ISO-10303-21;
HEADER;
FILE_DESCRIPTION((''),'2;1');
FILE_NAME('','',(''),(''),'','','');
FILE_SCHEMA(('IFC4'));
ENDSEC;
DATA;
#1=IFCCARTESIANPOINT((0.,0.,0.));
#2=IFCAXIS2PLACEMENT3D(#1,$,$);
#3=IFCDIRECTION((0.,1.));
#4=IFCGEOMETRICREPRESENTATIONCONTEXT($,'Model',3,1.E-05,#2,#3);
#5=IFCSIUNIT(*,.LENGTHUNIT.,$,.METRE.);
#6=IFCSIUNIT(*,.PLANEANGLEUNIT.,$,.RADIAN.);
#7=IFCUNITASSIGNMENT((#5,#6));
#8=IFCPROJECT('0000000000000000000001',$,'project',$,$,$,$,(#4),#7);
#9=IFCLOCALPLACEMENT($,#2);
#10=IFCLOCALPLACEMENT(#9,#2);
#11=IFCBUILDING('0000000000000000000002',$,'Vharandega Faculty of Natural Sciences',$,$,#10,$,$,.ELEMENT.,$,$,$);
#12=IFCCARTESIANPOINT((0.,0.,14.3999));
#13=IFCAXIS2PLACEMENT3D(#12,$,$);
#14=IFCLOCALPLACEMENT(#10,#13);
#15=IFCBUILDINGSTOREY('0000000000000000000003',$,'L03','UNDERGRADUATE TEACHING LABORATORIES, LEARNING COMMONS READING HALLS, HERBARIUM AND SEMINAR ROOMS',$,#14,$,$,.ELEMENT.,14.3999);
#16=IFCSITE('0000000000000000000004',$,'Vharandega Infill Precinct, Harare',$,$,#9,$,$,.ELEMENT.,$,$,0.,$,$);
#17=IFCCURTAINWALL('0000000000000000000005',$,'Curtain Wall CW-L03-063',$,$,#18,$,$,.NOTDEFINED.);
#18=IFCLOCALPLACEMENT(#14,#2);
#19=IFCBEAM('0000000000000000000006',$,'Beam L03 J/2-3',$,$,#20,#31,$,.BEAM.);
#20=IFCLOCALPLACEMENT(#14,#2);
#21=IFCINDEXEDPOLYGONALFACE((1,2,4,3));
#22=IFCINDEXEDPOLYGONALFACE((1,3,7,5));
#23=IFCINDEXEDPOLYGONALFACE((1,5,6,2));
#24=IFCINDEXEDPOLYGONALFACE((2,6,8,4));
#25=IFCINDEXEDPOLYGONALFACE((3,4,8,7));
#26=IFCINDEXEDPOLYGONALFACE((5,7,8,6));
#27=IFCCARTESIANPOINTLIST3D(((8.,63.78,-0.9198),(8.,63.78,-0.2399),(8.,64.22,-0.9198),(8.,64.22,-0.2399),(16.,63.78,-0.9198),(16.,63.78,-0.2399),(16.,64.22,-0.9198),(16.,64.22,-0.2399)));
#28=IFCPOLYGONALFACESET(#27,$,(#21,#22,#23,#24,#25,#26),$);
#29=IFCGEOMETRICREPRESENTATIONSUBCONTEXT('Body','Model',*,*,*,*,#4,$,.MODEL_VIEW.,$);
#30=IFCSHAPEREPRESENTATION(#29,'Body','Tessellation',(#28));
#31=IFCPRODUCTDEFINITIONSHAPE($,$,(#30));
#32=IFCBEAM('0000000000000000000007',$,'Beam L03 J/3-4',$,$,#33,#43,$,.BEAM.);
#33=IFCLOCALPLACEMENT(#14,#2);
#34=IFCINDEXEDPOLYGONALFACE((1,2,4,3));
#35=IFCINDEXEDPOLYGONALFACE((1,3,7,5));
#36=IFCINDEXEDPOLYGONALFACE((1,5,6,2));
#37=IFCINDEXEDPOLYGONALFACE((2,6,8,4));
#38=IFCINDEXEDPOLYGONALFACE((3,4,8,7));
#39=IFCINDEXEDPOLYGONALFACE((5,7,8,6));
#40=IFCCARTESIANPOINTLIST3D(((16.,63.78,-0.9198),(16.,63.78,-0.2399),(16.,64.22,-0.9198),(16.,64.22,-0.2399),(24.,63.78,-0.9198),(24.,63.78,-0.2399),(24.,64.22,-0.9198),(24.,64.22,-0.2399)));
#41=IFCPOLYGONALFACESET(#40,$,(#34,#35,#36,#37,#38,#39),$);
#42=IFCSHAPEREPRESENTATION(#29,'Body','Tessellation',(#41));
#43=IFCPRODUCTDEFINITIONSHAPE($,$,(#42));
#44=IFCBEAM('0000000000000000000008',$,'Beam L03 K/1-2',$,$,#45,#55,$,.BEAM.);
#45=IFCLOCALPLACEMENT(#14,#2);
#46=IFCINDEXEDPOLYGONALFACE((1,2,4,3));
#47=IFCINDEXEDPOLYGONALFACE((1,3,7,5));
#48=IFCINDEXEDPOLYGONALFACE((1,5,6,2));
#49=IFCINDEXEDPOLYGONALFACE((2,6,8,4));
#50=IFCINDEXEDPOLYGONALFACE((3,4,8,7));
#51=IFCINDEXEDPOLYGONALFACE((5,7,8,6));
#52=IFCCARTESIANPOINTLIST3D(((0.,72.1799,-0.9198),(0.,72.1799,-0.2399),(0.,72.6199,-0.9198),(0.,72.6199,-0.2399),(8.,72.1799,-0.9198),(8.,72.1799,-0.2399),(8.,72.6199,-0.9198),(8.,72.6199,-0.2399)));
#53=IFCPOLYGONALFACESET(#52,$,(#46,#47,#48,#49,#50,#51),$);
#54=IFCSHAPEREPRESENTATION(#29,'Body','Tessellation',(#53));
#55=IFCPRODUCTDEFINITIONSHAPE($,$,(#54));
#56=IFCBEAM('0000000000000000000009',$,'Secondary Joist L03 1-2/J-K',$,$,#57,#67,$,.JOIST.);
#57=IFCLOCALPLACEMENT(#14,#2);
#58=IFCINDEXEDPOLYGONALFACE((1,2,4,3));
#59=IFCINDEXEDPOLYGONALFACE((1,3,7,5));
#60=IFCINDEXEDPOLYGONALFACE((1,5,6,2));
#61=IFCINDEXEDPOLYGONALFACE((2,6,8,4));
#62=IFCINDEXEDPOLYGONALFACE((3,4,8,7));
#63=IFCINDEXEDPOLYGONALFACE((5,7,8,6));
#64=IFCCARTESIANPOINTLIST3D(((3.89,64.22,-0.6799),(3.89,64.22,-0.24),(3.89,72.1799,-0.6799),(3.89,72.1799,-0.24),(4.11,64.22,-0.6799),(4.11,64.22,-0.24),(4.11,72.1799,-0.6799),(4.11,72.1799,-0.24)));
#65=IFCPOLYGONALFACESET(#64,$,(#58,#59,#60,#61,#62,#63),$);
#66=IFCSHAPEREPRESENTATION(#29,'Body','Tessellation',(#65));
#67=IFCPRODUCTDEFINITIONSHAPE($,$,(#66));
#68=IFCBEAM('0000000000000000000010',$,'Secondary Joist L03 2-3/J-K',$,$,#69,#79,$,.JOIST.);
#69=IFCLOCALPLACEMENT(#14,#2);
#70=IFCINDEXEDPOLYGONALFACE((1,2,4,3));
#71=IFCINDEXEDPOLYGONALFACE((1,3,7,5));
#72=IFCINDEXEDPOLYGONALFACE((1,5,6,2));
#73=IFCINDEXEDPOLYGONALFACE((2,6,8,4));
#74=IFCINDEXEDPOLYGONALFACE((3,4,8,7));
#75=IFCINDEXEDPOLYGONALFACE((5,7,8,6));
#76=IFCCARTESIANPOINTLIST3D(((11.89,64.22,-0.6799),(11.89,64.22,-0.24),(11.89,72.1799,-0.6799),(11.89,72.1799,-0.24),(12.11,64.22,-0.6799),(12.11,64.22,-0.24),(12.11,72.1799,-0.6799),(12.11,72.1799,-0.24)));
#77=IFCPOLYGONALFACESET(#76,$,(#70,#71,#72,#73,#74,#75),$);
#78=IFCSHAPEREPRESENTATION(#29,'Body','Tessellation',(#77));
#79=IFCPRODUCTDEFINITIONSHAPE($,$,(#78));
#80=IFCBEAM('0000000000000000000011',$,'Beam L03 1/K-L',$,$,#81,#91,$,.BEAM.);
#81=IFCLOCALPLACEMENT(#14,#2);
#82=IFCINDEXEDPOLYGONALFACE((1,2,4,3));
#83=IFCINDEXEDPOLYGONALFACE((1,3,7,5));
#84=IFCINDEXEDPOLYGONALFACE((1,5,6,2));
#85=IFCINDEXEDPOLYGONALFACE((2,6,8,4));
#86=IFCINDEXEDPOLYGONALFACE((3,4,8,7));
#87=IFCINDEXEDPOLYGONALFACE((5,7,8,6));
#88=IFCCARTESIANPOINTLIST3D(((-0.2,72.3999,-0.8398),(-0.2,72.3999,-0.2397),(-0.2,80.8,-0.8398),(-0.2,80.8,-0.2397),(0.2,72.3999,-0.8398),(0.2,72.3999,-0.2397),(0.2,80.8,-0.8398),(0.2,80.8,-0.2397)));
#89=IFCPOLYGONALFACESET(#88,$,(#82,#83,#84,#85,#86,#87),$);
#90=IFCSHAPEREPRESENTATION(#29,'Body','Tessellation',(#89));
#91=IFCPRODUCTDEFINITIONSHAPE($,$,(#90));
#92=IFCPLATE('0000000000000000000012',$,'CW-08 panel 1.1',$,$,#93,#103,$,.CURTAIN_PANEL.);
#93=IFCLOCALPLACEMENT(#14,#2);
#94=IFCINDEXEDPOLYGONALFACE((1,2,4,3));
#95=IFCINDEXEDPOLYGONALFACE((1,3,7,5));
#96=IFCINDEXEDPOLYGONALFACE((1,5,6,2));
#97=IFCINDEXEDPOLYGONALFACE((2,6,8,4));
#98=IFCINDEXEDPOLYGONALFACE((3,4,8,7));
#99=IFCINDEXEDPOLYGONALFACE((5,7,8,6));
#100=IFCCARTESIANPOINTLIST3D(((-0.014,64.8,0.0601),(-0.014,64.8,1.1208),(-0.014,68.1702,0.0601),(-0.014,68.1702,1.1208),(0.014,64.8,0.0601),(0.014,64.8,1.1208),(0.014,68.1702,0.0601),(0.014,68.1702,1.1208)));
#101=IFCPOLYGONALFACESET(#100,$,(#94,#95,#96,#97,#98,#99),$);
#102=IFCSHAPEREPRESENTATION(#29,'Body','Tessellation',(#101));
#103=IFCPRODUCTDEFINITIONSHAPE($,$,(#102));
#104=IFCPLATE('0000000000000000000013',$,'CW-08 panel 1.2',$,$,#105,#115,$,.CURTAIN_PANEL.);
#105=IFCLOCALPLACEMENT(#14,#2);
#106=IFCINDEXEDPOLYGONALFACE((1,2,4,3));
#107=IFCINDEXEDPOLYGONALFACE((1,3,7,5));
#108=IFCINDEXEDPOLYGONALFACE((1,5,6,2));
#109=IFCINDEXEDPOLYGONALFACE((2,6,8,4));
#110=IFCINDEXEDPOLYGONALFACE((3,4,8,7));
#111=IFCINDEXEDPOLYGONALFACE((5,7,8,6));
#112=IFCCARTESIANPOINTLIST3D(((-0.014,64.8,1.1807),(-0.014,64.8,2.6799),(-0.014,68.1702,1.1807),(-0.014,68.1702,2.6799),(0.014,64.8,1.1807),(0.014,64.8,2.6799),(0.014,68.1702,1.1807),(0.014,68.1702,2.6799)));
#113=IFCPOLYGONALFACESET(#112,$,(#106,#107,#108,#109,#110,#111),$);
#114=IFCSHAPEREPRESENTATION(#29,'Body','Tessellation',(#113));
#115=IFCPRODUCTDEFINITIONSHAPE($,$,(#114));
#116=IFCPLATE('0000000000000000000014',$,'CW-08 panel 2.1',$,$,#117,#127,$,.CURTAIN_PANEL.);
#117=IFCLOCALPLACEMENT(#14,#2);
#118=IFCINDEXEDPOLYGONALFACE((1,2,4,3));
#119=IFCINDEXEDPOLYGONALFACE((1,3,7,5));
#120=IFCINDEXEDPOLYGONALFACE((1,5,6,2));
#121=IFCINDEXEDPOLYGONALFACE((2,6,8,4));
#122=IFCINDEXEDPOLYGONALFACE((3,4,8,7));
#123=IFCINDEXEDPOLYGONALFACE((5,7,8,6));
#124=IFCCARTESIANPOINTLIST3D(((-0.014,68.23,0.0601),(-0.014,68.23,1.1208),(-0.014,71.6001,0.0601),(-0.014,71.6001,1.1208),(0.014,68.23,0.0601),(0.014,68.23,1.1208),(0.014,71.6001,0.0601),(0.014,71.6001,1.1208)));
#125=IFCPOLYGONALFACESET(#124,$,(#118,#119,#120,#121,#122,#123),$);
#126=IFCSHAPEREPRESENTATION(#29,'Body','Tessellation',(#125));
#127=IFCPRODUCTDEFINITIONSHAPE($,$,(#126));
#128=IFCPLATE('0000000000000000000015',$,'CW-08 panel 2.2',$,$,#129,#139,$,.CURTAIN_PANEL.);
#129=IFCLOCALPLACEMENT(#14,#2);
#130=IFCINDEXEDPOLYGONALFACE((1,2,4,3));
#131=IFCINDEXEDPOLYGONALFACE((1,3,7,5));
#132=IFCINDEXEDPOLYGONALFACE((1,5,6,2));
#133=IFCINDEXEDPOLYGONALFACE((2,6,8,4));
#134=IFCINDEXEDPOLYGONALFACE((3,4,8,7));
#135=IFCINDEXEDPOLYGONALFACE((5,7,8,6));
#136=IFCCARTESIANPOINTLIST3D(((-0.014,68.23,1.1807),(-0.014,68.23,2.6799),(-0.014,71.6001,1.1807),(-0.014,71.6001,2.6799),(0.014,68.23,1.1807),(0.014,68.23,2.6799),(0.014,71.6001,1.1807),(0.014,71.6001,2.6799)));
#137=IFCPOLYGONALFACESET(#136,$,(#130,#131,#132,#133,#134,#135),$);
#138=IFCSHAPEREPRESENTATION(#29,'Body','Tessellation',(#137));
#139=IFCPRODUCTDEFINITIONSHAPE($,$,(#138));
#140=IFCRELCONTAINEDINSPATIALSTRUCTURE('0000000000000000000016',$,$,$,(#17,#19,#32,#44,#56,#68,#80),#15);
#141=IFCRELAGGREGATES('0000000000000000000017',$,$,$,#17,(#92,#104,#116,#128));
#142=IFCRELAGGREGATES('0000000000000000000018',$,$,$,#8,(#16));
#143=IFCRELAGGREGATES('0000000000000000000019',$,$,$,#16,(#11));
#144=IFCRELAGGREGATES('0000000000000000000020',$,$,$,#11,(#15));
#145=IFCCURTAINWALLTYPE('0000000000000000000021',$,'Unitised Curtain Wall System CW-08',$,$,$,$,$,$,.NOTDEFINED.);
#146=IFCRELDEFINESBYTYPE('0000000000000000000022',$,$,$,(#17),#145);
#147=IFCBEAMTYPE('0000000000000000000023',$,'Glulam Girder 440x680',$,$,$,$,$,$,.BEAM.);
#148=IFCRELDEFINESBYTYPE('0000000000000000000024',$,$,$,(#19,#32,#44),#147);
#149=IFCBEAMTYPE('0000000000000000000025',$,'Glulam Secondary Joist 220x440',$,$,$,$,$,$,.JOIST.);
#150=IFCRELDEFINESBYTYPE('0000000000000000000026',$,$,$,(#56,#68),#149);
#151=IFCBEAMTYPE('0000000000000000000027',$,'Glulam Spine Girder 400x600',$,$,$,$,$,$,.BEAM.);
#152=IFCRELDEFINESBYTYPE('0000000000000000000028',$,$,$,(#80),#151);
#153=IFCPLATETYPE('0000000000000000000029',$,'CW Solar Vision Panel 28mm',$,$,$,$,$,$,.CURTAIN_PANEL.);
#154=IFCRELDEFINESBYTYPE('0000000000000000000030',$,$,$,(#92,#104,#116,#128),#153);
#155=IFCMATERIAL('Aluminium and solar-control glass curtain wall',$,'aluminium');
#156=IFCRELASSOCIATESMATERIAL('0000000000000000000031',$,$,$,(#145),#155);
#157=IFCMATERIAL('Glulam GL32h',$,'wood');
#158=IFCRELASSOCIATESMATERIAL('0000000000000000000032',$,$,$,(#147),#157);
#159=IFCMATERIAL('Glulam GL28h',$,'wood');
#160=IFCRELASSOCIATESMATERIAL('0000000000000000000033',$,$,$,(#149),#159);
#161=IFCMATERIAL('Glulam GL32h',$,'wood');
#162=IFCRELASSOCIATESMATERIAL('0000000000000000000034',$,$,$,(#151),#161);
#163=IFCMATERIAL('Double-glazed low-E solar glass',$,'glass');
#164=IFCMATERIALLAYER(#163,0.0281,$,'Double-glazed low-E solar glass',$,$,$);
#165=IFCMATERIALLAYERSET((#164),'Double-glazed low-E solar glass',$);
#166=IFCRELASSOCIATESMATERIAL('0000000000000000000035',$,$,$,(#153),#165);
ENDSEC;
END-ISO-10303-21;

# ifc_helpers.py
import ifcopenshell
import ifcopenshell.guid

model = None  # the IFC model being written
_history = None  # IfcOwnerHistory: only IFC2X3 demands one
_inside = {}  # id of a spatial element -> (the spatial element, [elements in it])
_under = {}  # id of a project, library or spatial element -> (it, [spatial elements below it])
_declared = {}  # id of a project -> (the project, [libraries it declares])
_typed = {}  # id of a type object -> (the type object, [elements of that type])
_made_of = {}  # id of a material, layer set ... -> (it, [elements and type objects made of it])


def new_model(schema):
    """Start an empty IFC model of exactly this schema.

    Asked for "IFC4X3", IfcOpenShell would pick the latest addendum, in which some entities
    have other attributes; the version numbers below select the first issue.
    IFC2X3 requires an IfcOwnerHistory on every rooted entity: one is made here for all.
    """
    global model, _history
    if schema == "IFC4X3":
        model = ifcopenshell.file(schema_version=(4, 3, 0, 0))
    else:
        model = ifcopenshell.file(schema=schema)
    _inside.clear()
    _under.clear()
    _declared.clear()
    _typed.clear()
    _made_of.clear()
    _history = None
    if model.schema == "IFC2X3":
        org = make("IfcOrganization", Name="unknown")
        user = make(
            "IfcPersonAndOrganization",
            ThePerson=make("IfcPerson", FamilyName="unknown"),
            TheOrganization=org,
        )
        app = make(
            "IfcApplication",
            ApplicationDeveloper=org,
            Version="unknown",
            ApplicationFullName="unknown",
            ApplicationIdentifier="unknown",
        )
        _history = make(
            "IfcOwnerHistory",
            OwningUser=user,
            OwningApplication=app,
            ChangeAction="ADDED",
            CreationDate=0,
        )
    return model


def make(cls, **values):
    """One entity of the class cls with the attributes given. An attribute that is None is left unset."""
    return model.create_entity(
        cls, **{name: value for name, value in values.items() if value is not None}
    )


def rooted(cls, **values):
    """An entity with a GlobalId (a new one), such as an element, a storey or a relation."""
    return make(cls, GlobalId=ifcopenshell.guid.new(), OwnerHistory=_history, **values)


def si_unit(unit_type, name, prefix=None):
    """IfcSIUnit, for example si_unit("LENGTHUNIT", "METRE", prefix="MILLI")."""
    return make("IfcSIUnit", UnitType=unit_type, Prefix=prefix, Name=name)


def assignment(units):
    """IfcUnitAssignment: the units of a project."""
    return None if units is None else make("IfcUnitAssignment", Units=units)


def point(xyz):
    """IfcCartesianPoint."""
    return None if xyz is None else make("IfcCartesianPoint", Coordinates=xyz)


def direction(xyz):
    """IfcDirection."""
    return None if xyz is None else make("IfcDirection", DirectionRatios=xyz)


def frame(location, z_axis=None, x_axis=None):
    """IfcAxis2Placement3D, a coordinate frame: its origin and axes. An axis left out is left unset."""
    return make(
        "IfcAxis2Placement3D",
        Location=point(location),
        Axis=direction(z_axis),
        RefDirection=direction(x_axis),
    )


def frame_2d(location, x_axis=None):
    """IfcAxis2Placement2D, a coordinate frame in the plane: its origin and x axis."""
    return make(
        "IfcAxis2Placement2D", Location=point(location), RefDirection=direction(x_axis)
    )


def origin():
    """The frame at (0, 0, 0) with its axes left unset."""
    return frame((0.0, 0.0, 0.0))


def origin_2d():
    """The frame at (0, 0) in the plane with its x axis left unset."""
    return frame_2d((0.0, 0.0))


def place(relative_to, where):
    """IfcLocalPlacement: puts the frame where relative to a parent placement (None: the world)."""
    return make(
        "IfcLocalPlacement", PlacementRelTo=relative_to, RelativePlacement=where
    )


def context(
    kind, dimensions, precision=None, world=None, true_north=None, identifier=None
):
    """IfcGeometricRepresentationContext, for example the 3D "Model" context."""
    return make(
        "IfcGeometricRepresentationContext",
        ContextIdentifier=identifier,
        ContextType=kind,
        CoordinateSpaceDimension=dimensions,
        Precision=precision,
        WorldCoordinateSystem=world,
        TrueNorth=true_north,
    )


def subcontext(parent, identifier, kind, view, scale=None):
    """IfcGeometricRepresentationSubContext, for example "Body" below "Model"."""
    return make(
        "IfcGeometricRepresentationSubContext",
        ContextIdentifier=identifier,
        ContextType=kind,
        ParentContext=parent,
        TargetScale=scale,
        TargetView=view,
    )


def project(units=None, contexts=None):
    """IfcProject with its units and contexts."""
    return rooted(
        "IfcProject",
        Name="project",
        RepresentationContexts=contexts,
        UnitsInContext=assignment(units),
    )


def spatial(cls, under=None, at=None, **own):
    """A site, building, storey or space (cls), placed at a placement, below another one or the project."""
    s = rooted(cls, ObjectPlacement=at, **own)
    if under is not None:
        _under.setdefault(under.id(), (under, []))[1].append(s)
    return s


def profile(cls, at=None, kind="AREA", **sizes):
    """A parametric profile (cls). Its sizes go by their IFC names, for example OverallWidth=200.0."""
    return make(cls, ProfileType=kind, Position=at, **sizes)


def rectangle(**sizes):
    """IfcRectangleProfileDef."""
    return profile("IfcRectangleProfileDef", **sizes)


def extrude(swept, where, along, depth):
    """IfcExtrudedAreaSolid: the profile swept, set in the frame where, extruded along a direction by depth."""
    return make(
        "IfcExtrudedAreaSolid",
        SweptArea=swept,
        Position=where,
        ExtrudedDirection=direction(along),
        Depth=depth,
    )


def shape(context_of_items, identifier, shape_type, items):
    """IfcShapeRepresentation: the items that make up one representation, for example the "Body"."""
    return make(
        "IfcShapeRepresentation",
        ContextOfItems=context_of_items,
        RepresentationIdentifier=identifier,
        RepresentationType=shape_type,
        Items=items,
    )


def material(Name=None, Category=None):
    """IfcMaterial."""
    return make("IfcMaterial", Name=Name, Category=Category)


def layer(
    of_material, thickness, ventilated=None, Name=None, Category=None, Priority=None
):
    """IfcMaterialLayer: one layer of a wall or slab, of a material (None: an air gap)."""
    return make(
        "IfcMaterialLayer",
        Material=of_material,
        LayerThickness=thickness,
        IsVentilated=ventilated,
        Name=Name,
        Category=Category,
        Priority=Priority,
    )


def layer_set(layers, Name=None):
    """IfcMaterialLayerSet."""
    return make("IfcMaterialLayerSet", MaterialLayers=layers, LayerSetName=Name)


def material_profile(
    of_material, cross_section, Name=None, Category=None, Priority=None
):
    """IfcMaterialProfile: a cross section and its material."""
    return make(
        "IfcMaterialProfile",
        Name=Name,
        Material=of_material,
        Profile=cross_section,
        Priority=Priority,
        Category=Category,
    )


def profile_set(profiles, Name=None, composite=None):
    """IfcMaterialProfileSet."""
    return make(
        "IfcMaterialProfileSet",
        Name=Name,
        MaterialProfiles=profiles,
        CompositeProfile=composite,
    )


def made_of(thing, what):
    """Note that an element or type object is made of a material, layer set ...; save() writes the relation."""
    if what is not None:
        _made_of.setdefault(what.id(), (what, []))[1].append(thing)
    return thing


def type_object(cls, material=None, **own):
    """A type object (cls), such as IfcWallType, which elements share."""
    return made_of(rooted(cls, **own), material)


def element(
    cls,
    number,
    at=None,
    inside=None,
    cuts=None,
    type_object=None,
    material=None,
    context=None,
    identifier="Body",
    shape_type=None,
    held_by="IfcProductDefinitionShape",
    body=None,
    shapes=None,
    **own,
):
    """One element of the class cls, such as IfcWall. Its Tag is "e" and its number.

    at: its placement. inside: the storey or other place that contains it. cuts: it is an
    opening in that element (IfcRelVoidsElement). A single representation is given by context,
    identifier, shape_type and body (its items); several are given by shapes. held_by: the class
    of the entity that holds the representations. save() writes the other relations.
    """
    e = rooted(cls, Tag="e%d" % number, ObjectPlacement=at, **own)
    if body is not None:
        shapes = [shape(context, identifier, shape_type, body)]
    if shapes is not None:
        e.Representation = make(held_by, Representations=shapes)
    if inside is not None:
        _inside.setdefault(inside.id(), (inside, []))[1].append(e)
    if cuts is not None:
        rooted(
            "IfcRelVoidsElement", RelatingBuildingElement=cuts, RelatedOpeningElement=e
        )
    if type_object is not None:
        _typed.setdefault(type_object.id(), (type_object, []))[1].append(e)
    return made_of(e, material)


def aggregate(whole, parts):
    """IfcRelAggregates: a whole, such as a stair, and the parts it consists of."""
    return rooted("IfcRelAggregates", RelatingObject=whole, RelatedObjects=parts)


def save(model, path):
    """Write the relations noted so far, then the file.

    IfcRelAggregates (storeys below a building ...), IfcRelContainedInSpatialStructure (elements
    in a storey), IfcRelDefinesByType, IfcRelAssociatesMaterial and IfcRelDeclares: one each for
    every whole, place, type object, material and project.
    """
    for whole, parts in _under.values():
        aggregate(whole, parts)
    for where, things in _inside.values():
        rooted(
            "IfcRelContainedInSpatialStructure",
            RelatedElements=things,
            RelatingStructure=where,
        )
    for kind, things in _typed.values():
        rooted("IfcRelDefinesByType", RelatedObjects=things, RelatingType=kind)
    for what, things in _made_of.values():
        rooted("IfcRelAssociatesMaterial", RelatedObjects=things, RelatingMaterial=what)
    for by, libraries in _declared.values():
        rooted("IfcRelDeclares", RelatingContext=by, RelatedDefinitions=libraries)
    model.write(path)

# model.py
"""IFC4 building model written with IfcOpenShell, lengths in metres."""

from ifc_helpers import new_model, si_unit, direction, frame, origin, origin_2d, place, context, subcontext, project, spatial, rectangle, extrude, material, layer, layer_set, material_profile, profile_set, type_object, element, aggregate, save


model = new_model("IFC4")

# Units and contexts
model_context = context("Model", 3, precision=1e-05, world=origin(), true_north=direction((0.0, 1.0)))
body_context = subcontext(model_context, "Body", "Model", "MODEL_VIEW")
ifc_project = project(units=[si_unit("LENGTHUNIT", "METRE"), si_unit("PLANEANGLEUNIT", "RADIAN")], contexts=[model_context])

# Site, building, storey
site_placement = place(None, origin())
site = spatial("IfcSite", under=ifc_project, at=site_placement, Name="Vharandega Infill Precinct, Harare", CompositionType="ELEMENT", RefElevation=0.0)
building_placement = place(site_placement, origin())
building = spatial("IfcBuilding", under=site, at=building_placement, Name="Vharandega Faculty of Natural Sciences", CompositionType="ELEMENT")
storey_placement = place(building_placement, frame((0.0, 0.0, 14.3999)))
storey = spatial("IfcBuildingStorey", under=building, at=storey_placement, Name="L03", Description="UNDERGRADUATE TEACHING LABORATORIES, LEARNING COMMONS READING HALLS, HERBARIUM AND SEMINAR ROOMS", CompositionType="ELEMENT", Elevation=14.3999)

# Curtain wall
ifc_material_1 = material(Name="Aluminium and solar-control glass curtain wall", Category="aluminium")
curtain_wall_type = type_object("IfcCurtainWallType", Name="Unitised Curtain Wall System CW-08", PredefinedType="NOTDEFINED", material=ifc_material_1)
curtain_wall_placement = place(storey_placement, origin())
curtain_wall = element("IfcCurtainWall", 1, at=curtain_wall_placement, inside=storey, type_object=curtain_wall_type, Name="Curtain Wall CW-L03-063", PredefinedType="NOTDEFINED")

# Beams
ifc_material_2 = material(Name="Glulam GL32h", Category="wood")
ifc_material_profile_1 = material_profile(ifc_material_2, rectangle(XDim=0.4399, YDim=0.6799, at=origin_2d()), Name="GL32h 440x680")
ifc_profile_set_1 = profile_set([ifc_material_profile_1], Name="Glulam GL32h")
beam_type_1 = type_object("IfcBeamType", Name="Glulam Girder 440x680", PredefinedType="BEAM", material=ifc_profile_set_1)
for number, where, z_axis, x_axis, name in (
    (2, (8.0, 64.0, -0.5798), (1.0, 0.0, 0.0), (0.0, 1.0, 0.0), "Beam L03 J/2-3"),
    (3, (16.0, 64.0, -0.5798), (1.0, 0.0, 0.0), (0.0, 1.0, 0.0), "Beam L03 J/3-4"),
    (4, (0.0, 72.3999, -0.5798), (1.0, 0.0, 0.0), (0.0, 1.0, 0.0), "Beam L03 K/1-2"),
):
    element("IfcBeam", number, at=place(storey_placement, frame(where, z_axis=z_axis, x_axis=x_axis)), inside=storey, type_object=beam_type_1, Name=name, PredefinedType="BEAM", context=body_context, shape_type="SweptSolid", body=[
        extrude(rectangle(XDim=0.4399, YDim=0.6799, at=origin_2d()), origin(), (0.0, 0.0, 1.0), 8.0),
    ])
ifc_material_3 = material(Name="Glulam GL28h", Category="wood")
ifc_material_profile_2 = material_profile(ifc_material_3, rectangle(XDim=0.22, YDim=0.4399, at=origin_2d()), Name="GL28h 220x440")
ifc_profile_set_2 = profile_set([ifc_material_profile_2], Name="Glulam GL28h")
beam_type_2 = type_object("IfcBeamType", Name="Glulam Secondary Joist 220x440", PredefinedType="JOIST", material=ifc_profile_set_2)
for number, where, z_axis, x_axis, name in (
    (5, (4.0, 64.22, -0.46), (0.0, 1.0, 0.0), (-1.0, 0.0, 0.0), "Secondary Joist L03 1-2/J-K"),
    (6, (12.0, 64.22, -0.46), (0.0, 1.0, 0.0), (-1.0, 0.0, 0.0), "Secondary Joist L03 2-3/J-K"),
):
    element("IfcBeam", number, at=place(storey_placement, frame(where, z_axis=z_axis, x_axis=x_axis)), inside=storey, type_object=beam_type_2, Name=name, PredefinedType="JOIST", context=body_context, shape_type="SweptSolid", body=[
        extrude(rectangle(XDim=0.22, YDim=0.4399, at=origin_2d()), origin(), (0.0, 0.0, 1.0), 7.96),
    ])
ifc_material_4 = material(Name="Glulam GL32h", Category="wood")
ifc_material_profile_3 = material_profile(ifc_material_4, rectangle(XDim=0.3999, YDim=0.6001, at=origin_2d()), Name="GL32h 400x600")
ifc_profile_set_3 = profile_set([ifc_material_profile_3], Name="Glulam GL32h")
beam_type_3 = type_object("IfcBeamType", Name="Glulam Spine Girder 400x600", PredefinedType="BEAM", material=ifc_profile_set_3)
beam_placement = place(storey_placement, frame((0.0, 72.3999, -0.5398), z_axis=(0.0, 1.0, 0.0), x_axis=(-1.0, 0.0, 0.0)))
element("IfcBeam", 7, at=beam_placement, inside=storey, type_object=beam_type_3, Name="Beam L03 1/K-L", PredefinedType="BEAM", context=body_context, shape_type="SweptSolid", body=[
    extrude(rectangle(XDim=0.3999, YDim=0.6001, at=origin_2d()), origin(), (0.0, 0.0, 1.0), 8.4001),
])

# Plates
ifc_material_5 = material(Name="Double-glazed low-E solar glass", Category="glass")
ifc_layer = layer(ifc_material_5, 0.0281, Name="Double-glazed low-E solar glass")
ifc_layer_set = layer_set([ifc_layer], Name="Double-glazed low-E solar glass")
plate_type = type_object("IfcPlateType", Name="CW Solar Vision Panel 28mm", PredefinedType="CURTAIN_PANEL", material=ifc_layer_set)
plate_1_placement = place(storey_placement, frame((0.0, 66.4851, 0.0601), z_axis=(0.0, 0.0, 1.0), x_axis=(0.0, 1.0, 0.0)))
plate_1 = element("IfcPlate", 8, at=plate_1_placement, type_object=plate_type, Name="CW-08 panel 1.1", PredefinedType="CURTAIN_PANEL", context=body_context, shape_type="SweptSolid", body=[
    extrude(rectangle(XDim=3.3701, YDim=0.0281, at=origin_2d()), origin(), (0.0, 0.0, 1.0), 1.0608),
])
plate_2_placement = place(storey_placement, frame((0.0, 66.4851, 1.1807), z_axis=(0.0, 0.0, 1.0), x_axis=(0.0, 1.0, 0.0)))
plate_2 = element("IfcPlate", 9, at=plate_2_placement, type_object=plate_type, Name="CW-08 panel 1.2", PredefinedType="CURTAIN_PANEL", context=body_context, shape_type="SweptSolid", body=[
    extrude(rectangle(XDim=3.3701, YDim=0.0281, at=origin_2d()), origin(), (0.0, 0.0, 1.0), 1.4993),
])
plate_3_placement = place(storey_placement, frame((0.0, 69.915, 0.0601), z_axis=(0.0, 0.0, 1.0), x_axis=(0.0, 1.0, 0.0)))
plate_3 = element("IfcPlate", 10, at=plate_3_placement, type_object=plate_type, Name="CW-08 panel 2.1", PredefinedType="CURTAIN_PANEL", context=body_context, shape_type="SweptSolid", body=[
    extrude(rectangle(XDim=3.3701, YDim=0.0281, at=origin_2d()), origin(), (0.0, 0.0, 1.0), 1.0608),
])
plate_4_placement = place(storey_placement, frame((0.0, 69.915, 1.1807), z_axis=(0.0, 0.0, 1.0), x_axis=(0.0, 1.0, 0.0)))
plate_4 = element("IfcPlate", 11, at=plate_4_placement, type_object=plate_type, Name="CW-08 panel 2.2", PredefinedType="CURTAIN_PANEL", context=body_context, shape_type="SweptSolid", body=[
    extrude(rectangle(XDim=3.3701, YDim=0.0281, at=origin_2d()), origin(), (0.0, 0.0, 1.0), 1.4993),
])
aggregate(curtain_wall, [plate_1, plate_2, plate_3, plate_4])

save(model, "model.ifc")
